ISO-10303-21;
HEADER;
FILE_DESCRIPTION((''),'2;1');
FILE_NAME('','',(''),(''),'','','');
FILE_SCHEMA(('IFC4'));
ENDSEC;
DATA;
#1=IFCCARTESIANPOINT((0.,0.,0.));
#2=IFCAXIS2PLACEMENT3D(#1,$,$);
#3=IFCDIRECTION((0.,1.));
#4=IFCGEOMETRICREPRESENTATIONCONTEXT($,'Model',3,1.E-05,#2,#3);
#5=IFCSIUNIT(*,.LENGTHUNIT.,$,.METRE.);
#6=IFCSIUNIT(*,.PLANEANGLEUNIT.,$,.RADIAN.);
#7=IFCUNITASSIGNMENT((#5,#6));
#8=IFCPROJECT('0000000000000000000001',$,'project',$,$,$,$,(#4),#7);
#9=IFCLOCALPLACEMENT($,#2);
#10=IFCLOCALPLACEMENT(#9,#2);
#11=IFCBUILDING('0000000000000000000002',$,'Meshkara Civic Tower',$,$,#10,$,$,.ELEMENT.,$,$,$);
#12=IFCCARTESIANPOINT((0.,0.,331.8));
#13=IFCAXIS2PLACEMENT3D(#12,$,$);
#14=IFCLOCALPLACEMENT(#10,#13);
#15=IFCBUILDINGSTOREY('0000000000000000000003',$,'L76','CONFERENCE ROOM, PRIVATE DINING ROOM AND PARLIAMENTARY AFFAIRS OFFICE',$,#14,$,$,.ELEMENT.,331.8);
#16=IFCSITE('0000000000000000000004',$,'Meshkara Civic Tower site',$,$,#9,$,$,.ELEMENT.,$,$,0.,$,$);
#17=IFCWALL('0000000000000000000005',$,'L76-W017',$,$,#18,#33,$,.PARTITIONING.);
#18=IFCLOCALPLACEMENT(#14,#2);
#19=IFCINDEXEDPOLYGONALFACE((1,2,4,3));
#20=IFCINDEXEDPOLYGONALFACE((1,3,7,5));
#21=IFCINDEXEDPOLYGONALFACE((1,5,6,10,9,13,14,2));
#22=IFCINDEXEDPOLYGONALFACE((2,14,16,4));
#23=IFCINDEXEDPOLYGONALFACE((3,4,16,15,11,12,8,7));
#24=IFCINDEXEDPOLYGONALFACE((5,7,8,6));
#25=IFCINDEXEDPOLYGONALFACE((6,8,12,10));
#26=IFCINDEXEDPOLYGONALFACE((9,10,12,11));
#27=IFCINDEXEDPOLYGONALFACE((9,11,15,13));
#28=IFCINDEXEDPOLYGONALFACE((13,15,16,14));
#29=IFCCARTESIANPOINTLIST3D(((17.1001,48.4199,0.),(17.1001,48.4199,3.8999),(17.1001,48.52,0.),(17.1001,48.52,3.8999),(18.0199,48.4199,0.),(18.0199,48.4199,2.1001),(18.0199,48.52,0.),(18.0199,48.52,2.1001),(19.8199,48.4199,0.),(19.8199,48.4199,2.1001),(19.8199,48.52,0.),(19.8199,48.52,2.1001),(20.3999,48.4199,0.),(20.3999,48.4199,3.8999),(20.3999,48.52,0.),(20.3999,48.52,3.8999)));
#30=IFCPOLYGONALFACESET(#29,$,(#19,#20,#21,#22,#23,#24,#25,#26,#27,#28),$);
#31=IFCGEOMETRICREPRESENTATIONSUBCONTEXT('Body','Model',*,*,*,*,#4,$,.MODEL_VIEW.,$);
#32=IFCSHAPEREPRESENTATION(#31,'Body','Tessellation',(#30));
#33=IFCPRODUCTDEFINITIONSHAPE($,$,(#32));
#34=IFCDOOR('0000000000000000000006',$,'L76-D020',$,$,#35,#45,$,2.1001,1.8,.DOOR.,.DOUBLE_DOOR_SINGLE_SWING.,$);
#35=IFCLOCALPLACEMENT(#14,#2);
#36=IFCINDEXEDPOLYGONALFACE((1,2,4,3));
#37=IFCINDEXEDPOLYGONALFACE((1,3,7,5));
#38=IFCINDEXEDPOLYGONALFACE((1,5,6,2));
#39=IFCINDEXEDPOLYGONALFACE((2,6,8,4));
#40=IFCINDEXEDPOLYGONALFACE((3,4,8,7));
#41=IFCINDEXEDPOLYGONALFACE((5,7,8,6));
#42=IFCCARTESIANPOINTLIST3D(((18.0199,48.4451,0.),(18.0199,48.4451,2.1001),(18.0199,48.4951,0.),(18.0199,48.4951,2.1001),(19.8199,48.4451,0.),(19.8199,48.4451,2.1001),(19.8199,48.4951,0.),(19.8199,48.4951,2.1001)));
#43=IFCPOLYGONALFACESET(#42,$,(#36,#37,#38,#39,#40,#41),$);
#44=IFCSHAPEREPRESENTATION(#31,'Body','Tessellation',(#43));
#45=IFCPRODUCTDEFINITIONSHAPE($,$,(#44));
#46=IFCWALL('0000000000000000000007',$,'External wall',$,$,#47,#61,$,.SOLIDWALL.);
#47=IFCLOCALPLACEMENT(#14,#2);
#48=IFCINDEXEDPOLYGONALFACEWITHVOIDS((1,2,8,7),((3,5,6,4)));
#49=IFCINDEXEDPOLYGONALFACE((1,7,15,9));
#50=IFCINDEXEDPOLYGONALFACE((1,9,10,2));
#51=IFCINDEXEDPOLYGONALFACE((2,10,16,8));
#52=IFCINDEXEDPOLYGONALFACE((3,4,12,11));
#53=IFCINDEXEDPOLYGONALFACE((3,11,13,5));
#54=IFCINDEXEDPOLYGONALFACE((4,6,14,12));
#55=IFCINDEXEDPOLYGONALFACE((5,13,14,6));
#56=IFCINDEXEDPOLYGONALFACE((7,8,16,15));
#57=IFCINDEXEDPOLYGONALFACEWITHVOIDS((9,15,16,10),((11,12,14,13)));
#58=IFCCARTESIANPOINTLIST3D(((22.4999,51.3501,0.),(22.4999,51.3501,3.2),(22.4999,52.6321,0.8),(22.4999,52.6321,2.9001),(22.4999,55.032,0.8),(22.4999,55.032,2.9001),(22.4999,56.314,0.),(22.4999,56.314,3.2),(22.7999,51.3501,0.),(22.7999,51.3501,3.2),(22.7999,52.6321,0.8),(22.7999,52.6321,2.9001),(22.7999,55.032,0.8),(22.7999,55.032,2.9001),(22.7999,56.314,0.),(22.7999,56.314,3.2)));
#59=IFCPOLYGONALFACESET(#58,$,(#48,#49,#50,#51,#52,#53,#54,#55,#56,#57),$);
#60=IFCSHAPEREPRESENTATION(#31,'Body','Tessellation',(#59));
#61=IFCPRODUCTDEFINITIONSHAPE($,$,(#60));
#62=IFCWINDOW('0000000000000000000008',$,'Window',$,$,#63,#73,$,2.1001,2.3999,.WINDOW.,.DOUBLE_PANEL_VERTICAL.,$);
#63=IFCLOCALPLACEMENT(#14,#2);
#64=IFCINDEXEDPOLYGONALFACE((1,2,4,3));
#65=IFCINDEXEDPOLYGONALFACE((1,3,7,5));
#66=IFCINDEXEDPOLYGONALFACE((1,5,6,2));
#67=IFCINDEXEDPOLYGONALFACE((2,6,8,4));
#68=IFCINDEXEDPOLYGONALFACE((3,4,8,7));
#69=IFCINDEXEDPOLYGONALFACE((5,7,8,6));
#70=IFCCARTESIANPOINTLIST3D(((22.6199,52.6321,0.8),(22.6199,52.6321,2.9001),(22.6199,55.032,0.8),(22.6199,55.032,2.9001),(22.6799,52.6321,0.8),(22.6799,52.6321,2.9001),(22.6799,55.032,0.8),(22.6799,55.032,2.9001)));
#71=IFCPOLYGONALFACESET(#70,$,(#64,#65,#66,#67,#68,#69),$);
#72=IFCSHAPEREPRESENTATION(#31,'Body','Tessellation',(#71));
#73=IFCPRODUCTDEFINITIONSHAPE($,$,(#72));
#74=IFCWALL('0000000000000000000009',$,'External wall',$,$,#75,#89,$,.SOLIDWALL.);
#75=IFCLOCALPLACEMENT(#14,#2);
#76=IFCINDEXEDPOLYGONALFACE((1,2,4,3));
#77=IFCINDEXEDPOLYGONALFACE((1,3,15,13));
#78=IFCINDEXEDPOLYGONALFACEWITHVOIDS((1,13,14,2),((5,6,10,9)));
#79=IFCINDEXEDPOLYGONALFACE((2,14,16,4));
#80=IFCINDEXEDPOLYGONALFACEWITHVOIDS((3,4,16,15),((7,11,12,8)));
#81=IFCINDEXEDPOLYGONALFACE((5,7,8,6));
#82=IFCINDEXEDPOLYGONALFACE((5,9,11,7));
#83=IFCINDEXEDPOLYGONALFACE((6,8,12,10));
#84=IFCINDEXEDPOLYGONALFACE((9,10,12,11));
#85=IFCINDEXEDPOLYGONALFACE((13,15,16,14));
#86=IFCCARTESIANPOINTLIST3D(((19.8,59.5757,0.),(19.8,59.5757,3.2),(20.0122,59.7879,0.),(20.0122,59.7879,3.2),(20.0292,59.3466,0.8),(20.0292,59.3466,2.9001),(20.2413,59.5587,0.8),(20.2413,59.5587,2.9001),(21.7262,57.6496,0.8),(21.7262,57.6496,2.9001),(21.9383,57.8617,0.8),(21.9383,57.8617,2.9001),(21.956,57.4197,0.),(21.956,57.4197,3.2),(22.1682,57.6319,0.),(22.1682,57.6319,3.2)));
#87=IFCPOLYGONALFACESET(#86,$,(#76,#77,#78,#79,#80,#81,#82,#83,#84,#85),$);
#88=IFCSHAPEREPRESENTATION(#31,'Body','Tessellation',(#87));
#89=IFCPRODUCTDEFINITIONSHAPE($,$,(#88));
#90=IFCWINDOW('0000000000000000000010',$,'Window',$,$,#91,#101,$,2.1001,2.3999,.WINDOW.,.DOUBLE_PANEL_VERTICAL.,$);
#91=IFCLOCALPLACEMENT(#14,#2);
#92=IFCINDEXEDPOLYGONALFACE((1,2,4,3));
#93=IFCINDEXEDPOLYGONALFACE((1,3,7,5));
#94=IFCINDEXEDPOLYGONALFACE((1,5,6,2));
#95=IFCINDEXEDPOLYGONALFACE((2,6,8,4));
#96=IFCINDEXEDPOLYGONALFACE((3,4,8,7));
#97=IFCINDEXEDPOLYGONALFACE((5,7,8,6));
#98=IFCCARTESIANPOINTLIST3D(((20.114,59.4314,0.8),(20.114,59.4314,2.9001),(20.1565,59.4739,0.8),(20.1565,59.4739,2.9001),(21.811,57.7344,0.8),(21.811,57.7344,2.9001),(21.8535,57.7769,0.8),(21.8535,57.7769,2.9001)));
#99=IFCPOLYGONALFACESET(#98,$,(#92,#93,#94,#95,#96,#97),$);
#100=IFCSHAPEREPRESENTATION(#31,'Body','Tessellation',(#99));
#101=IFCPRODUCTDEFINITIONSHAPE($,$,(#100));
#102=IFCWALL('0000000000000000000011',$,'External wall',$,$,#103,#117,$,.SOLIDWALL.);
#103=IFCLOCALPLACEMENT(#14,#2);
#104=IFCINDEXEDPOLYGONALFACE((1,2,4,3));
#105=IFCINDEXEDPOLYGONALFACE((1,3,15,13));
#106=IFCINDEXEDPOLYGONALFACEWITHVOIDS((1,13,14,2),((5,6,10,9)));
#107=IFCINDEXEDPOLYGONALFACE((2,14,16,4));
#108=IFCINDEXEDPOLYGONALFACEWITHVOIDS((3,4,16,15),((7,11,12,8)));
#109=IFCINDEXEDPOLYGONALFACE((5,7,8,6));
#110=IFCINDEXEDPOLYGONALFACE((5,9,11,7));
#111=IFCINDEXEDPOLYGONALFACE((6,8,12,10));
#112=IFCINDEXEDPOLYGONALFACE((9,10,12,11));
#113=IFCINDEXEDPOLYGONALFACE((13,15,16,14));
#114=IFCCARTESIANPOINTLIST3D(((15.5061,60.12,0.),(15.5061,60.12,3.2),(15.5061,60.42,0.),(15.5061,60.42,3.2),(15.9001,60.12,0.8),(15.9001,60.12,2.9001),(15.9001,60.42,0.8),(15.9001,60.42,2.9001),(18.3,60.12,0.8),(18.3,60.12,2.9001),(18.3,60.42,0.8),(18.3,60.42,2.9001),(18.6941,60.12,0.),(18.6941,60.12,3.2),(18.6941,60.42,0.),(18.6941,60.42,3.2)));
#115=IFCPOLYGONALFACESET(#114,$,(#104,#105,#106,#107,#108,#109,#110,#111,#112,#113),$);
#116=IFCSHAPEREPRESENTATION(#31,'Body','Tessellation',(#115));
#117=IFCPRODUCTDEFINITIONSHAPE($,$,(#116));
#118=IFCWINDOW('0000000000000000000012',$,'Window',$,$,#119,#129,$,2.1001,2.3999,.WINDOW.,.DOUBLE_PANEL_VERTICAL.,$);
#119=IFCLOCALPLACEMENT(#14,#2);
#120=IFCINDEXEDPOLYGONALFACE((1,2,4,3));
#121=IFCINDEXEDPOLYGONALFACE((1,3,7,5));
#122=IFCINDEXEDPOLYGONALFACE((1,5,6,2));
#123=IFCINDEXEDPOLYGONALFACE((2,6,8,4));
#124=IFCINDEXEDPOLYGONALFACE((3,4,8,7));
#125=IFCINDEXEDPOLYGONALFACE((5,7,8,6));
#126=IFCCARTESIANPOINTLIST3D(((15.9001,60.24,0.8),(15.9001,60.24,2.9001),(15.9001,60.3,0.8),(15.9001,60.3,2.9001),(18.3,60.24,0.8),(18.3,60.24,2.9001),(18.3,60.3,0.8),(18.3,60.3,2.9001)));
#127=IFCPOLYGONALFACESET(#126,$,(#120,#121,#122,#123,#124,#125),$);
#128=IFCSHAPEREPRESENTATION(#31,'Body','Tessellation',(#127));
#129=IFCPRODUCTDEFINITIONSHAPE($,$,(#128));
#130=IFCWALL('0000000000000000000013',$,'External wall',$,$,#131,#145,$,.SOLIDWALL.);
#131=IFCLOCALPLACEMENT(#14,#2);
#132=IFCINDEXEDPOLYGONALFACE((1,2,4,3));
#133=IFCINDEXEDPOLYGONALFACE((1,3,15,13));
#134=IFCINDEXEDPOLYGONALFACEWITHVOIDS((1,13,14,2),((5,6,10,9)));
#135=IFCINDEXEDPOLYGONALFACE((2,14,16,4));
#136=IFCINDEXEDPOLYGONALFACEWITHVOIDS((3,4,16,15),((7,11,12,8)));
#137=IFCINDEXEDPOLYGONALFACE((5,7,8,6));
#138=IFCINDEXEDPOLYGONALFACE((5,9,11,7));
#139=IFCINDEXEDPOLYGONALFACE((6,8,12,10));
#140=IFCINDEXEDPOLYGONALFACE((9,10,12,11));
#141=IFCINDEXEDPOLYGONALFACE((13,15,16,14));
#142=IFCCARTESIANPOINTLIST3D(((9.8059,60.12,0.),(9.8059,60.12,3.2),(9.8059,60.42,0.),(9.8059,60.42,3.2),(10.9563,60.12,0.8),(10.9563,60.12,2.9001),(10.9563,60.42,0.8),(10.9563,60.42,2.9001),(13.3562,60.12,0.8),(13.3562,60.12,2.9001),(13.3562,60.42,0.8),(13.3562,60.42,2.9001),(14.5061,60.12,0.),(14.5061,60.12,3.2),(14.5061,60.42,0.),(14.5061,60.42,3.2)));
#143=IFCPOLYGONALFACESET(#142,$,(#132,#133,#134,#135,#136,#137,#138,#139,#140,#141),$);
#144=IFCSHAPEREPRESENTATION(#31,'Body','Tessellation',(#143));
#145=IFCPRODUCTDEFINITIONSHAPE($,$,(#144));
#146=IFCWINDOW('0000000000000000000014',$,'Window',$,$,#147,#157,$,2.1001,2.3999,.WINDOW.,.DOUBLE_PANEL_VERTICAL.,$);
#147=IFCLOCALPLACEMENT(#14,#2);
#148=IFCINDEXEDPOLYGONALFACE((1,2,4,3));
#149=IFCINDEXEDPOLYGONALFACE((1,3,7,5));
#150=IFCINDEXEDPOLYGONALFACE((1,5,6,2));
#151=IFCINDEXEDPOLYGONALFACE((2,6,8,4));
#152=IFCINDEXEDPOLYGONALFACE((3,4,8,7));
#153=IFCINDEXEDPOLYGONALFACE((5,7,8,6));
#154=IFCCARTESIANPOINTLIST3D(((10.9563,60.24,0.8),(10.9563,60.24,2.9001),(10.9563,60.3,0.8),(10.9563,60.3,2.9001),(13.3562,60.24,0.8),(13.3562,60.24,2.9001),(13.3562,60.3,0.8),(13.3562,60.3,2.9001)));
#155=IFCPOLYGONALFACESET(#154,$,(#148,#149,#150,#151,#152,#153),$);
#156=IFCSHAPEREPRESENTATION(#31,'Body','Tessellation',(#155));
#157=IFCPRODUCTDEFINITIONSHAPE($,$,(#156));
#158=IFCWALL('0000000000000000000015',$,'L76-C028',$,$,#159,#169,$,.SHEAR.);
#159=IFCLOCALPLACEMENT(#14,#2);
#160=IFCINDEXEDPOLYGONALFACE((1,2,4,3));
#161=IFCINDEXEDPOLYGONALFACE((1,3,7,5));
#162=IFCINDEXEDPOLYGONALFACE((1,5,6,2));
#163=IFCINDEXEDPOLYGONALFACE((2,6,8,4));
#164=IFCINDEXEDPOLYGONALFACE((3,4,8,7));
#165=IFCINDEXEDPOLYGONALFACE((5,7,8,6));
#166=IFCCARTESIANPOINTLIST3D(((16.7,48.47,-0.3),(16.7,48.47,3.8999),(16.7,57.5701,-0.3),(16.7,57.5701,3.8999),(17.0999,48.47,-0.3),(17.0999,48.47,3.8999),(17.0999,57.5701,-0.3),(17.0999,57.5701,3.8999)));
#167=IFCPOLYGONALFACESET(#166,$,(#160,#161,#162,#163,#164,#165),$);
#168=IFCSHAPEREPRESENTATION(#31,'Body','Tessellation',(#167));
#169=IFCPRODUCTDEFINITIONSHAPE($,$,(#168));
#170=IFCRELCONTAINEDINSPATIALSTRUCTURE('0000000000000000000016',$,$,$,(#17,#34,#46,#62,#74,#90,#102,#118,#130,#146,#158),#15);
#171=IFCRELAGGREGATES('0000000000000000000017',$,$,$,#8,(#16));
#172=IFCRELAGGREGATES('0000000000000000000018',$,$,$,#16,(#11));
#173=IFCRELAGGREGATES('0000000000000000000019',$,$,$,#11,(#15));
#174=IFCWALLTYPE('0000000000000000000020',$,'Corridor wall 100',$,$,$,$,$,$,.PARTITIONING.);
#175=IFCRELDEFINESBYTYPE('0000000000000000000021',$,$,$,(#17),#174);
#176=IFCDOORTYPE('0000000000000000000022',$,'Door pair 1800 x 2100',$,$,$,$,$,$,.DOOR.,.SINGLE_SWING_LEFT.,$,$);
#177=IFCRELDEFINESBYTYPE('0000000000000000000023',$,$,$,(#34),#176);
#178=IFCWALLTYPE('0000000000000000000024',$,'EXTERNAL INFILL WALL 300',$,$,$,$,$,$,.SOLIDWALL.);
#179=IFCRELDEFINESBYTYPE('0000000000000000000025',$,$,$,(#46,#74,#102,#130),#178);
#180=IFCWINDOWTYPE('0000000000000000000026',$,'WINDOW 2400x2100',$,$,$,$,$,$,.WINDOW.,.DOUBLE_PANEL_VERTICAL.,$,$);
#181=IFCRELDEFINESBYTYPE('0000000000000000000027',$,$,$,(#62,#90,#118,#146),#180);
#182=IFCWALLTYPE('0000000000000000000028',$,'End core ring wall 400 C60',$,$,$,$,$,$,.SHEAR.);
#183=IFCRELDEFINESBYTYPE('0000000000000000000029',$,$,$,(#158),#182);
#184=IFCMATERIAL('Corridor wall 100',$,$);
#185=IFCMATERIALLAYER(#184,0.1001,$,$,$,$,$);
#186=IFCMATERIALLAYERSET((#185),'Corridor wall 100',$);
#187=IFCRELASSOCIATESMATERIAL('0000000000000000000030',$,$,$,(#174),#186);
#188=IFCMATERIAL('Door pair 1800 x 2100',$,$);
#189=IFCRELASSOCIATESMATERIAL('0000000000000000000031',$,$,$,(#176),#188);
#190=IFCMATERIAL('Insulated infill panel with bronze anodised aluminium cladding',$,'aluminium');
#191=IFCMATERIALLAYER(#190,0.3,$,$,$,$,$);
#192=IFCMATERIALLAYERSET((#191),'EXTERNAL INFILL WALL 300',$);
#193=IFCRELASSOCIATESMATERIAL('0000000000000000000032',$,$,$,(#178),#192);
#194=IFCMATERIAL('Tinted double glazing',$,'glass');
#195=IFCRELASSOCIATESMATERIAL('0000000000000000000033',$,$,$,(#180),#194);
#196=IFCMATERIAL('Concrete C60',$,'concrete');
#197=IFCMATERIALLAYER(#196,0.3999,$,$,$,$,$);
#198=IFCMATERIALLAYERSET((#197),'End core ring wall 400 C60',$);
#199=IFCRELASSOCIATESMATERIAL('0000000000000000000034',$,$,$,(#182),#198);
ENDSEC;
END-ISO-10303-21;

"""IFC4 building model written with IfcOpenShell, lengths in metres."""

from ifc_helpers import new_model, si_unit, direction, frame, frame_2d, origin, place, context, subcontext, project, spatial, rectangle, extrude, material, layer, layer_set, type_object, element, fill, save


model = new_model("IFC4")

# Units and contexts
model_context = context("Model", 3, precision=1e-05, world=origin(), true_north=direction((0.0, 1.0)))
body_context = subcontext(model_context, "Body", "Model", "MODEL_VIEW")
ifc_project = project(units=[si_unit("LENGTHUNIT", "METRE"), si_unit("PLANEANGLEUNIT", "RADIAN")], contexts=[model_context])

# Site, building, storey
site_placement = place(None, origin())
site = spatial("IfcSite", under=ifc_project, at=site_placement, Name="Meshkara Civic Tower site", CompositionType="ELEMENT", RefElevation=0.0)
building_placement = place(site_placement, origin())
building = spatial("IfcBuilding", under=site, at=building_placement, Name="Meshkara Civic Tower", CompositionType="ELEMENT")
storey_placement = place(building_placement, frame((0.0, 0.0, 331.8)))
storey = spatial("IfcBuildingStorey", under=building, at=storey_placement, Name="L76", Description="CONFERENCE ROOM, PRIVATE DINING ROOM AND PARLIAMENTARY AFFAIRS OFFICE", CompositionType="ELEMENT", Elevation=331.8)

# Shared definitions
ifc_material_1 = material(Name="Corridor wall 100")
ifc_layer_1 = layer(ifc_material_1, 0.1001)
ifc_layer_set_1 = layer_set([ifc_layer_1], Name="Corridor wall 100")
wall_type_1 = type_object("IfcWallType", Name="Corridor wall 100", PredefinedType="PARTITIONING", material=ifc_layer_set_1)

# Wall, opening, door
wall_1_placement = place(storey_placement, frame((20.3999, 48.47, 0.0), z_axis=(0.0, 0.0, 1.0), x_axis=(-1.0, 0.0, 0.0)))
wall_1 = element("IfcWall", 1, at=wall_1_placement, inside=storey, type_object=wall_type_1, Name="L76-W017", PredefinedType="PARTITIONING", context=body_context, shape_type="SweptSolid", body=[
    extrude(rectangle(XDim=3.2998, YDim=0.1001, at=frame_2d((1.6499, 0.0))), origin(), (0.0, 0.0, 1.0), 3.8999),
])
opening_1_placement = place(wall_1_placement, frame((0.5801, 0.0, 0.0)))
opening_1 = element("IfcOpeningElement", 2, at=opening_1_placement, cuts=wall_1, PredefinedType="OPENING", context=body_context, shape_type="SweptSolid", body=[
    extrude(rectangle(XDim=1.8, YDim=2.1001, at=frame_2d((0.8999, 1.05))), frame((0.0, 0.0601, 0.0), z_axis=(0.0, -1.0, 0.0), x_axis=(1.0, 0.0, 0.0)), (0.0, 0.0, 1.0), 0.1201),
])
ifc_material_2 = material(Name="Door pair 1800 x 2100")
door_type_1 = type_object("IfcDoorType", Name="Door pair 1800 x 2100", OperationType="SINGLE_SWING_LEFT", PredefinedType="DOOR", material=ifc_material_2)
door_1_placement = place(opening_1_placement, origin())
door_1 = element("IfcDoor", 3, at=door_1_placement, inside=storey, type_object=door_type_1, Name="L76-D020", OperationType="DOUBLE_DOOR_SINGLE_SWING", OverallHeight=2.1001, OverallWidth=1.8, PredefinedType="DOOR", context=body_context, shape_type="SweptSolid", body=[
    extrude(rectangle(XDim=1.8, YDim=2.1001, at=frame_2d((0.8999, 1.05))), frame((0.0, 0.0249, 0.0), z_axis=(0.0, -1.0, 0.0), x_axis=(1.0, 0.0, 0.0)), (0.0, 0.0, 1.0), 0.05),
])
fill(opening_1, door_1)

# Walls, openings, windows
ifc_material_3 = material(Name="Insulated infill panel with bronze anodised aluminium cladding", Category="aluminium")
ifc_layer_2 = layer(ifc_material_3, 0.3)
ifc_layer_set_2 = layer_set([ifc_layer_2], Name="EXTERNAL INFILL WALL 300")
wall_type_2 = type_object("IfcWallType", Name="EXTERNAL INFILL WALL 300", PredefinedType="SOLIDWALL", material=ifc_layer_set_2)
wall_2_placement = place(storey_placement, frame((22.6499, 51.3501, 0.0), z_axis=(0.0, 0.0, 1.0), x_axis=(0.0, 1.0, 0.0)))
wall_2 = element("IfcWall", 4, at=wall_2_placement, inside=storey, type_object=wall_type_2, Name="External wall", PredefinedType="SOLIDWALL", context=body_context, shape_type="SweptSolid", body=[
    extrude(rectangle(XDim=4.9639, YDim=0.3, at=frame_2d((2.4819, 0.0))), origin(), (0.0, 0.0, 1.0), 3.2),
])
opening_2_placement = place(wall_2_placement, frame((1.282, 0.0, 0.8)))
opening_2 = element("IfcOpeningElement", 5, at=opening_2_placement, cuts=wall_2, PredefinedType="OPENING", context=body_context, shape_type="SweptSolid", body=[
    extrude(rectangle(XDim=2.3999, YDim=2.1001, at=frame_2d((1.2, 1.05))), frame((0.0, 0.1599, 0.0), z_axis=(0.0, -1.0, 0.0), x_axis=(1.0, 0.0, 0.0)), (0.0, 0.0, 1.0), 0.3201),
])
ifc_material_4 = material(Name="Tinted double glazing", Category="glass")
window_type = type_object("IfcWindowType", Name="WINDOW 2400x2100", PartitioningType="DOUBLE_PANEL_VERTICAL", PredefinedType="WINDOW", material=ifc_material_4)
window_1_placement = place(opening_2_placement, origin())
window_1 = element("IfcWindow", 6, at=window_1_placement, inside=storey, type_object=window_type, Name="Window", OverallHeight=2.1001, OverallWidth=2.3999, PartitioningType="DOUBLE_PANEL_VERTICAL", PredefinedType="WINDOW", context=body_context, shape_type="SweptSolid", body=[
    extrude(rectangle(XDim=2.3999, YDim=2.1001, at=frame_2d((1.2, 1.05))), frame((0.0, 0.03, 0.0), z_axis=(0.0, -1.0, 0.0), x_axis=(1.0, 0.0, 0.0)), (0.0, 0.0, 1.0), 0.0601),
])
fill(opening_2, window_1)
wall_3_placement = place(storey_placement, frame((22.062, 57.5259, 0.0), z_axis=(0.0, 0.0, 1.0), x_axis=(-0.707107, 0.707107, 0.0)))
wall_3 = element("IfcWall", 7, at=wall_3_placement, inside=storey, type_object=wall_type_2, Name="External wall", PredefinedType="SOLIDWALL", context=body_context, shape_type="SweptSolid", body=[
    extrude(rectangle(XDim=3.0491, YDim=0.3, at=frame_2d((1.5244, 0.0))), origin(), (0.0, 0.0, 1.0), 3.2),
])
opening_3_placement = place(wall_3_placement, frame((0.325, 0.0, 0.8)))
opening_3 = element("IfcOpeningElement", 8, at=opening_3_placement, cuts=wall_3, PredefinedType="OPENING", context=body_context, shape_type="SweptSolid", body=[
    extrude(rectangle(XDim=2.3999, YDim=2.1001, at=frame_2d((1.2, 1.05))), frame((0.0, 0.1599, 0.0), z_axis=(0.0, -1.0, 0.0), x_axis=(1.0, 0.0, 0.0)), (0.0, 0.0, 1.0), 0.3201),
])
window_2_placement = place(opening_3_placement, origin())
window_2 = element("IfcWindow", 9, at=window_2_placement, inside=storey, type_object=window_type, Name="Window", OverallHeight=2.1001, OverallWidth=2.3999, PartitioningType="DOUBLE_PANEL_VERTICAL", PredefinedType="WINDOW", context=body_context, shape_type="SweptSolid", body=[
    extrude(rectangle(XDim=2.3999, YDim=2.1001, at=frame_2d((1.2, 1.05))), frame((0.0, 0.03, 0.0), z_axis=(0.0, -1.0, 0.0), x_axis=(1.0, 0.0, 0.0)), (0.0, 0.0, 1.0), 0.0601),
])
fill(opening_3, window_2)
wall_4_placement = place(storey_placement, frame((18.6941, 60.27, 0.0), z_axis=(0.0, 0.0, 1.0), x_axis=(-1.0, 0.0, 0.0)))
wall_4 = element("IfcWall", 10, at=wall_4_placement, inside=storey, type_object=wall_type_2, Name="External wall", PredefinedType="SOLIDWALL", context=body_context, shape_type="SweptSolid", body=[
    extrude(rectangle(XDim=3.188, YDim=0.3, at=frame_2d((1.594, 0.0))), origin(), (0.0, 0.0, 1.0), 3.2),
])
opening_4_placement = place(wall_4_placement, frame((0.394, 0.0, 0.8)))
opening_4 = element("IfcOpeningElement", 11, at=opening_4_placement, cuts=wall_4, PredefinedType="OPENING", context=body_context, shape_type="SweptSolid", body=[
    extrude(rectangle(XDim=2.3999, YDim=2.1001, at=frame_2d((1.2, 1.05))), frame((0.0, 0.1599, 0.0), z_axis=(0.0, -1.0, 0.0), x_axis=(1.0, 0.0, 0.0)), (0.0, 0.0, 1.0), 0.3201),
])
window_3_placement = place(opening_4_placement, origin())
window_3 = element("IfcWindow", 12, at=window_3_placement, inside=storey, type_object=window_type, Name="Window", OverallHeight=2.1001, OverallWidth=2.3999, PartitioningType="DOUBLE_PANEL_VERTICAL", PredefinedType="WINDOW", context=body_context, shape_type="SweptSolid", body=[
    extrude(rectangle(XDim=2.3999, YDim=2.1001, at=frame_2d((1.2, 1.05))), frame((0.0, 0.03, 0.0), z_axis=(0.0, -1.0, 0.0), x_axis=(1.0, 0.0, 0.0)), (0.0, 0.0, 1.0), 0.0601),
])
fill(opening_4, window_3)
wall_5_placement = place(storey_placement, frame((14.5061, 60.27, 0.0), z_axis=(0.0, 0.0, 1.0), x_axis=(-1.0, 0.0, 0.0)))
wall_5 = element("IfcWall", 13, at=wall_5_placement, inside=storey, type_object=wall_type_2, Name="External wall", PredefinedType="SOLIDWALL", context=body_context, shape_type="SweptSolid", body=[
    extrude(rectangle(XDim=4.7002, YDim=0.3, at=frame_2d((2.3501, 0.0))), origin(), (0.0, 0.0, 1.0), 3.2),
])
opening_5_placement = place(wall_5_placement, frame((1.1499, 0.0, 0.8)))
opening_5 = element("IfcOpeningElement", 14, at=opening_5_placement, cuts=wall_5, PredefinedType="OPENING", context=body_context, shape_type="SweptSolid", body=[
    extrude(rectangle(XDim=2.3999, YDim=2.1001, at=frame_2d((1.2, 1.05))), frame((0.0, 0.1599, 0.0), z_axis=(0.0, -1.0, 0.0), x_axis=(1.0, 0.0, 0.0)), (0.0, 0.0, 1.0), 0.3201),
])
window_4_placement = place(opening_5_placement, origin())
window_4 = element("IfcWindow", 15, at=window_4_placement, inside=storey, type_object=window_type, Name="Window", OverallHeight=2.1001, OverallWidth=2.3999, PartitioningType="DOUBLE_PANEL_VERTICAL", PredefinedType="WINDOW", context=body_context, shape_type="SweptSolid", body=[
    extrude(rectangle(XDim=2.3999, YDim=2.1001, at=frame_2d((1.2, 1.05))), frame((0.0, 0.03, 0.0), z_axis=(0.0, -1.0, 0.0), x_axis=(1.0, 0.0, 0.0)), (0.0, 0.0, 1.0), 0.0601),
])
fill(opening_5, window_4)

# Wall
ifc_material_5 = material(Name="Concrete C60", Category="concrete")
ifc_layer_3 = layer(ifc_material_5, 0.3999)
ifc_layer_set_3 = layer_set([ifc_layer_3], Name="End core ring wall 400 C60")
wall_type_3 = type_object("IfcWallType", Name="End core ring wall 400 C60", PredefinedType="SHEAR", material=ifc_layer_set_3)
wall_6_placement = place(storey_placement, frame((16.8999, 48.47, -0.3), z_axis=(0.0, 0.0, 1.0), x_axis=(0.0, 1.0, 0.0)))
element("IfcWall", 16, at=wall_6_placement, inside=storey, type_object=wall_type_3, Name="L76-C028", PredefinedType="SHEAR", context=body_context, shape_type="SweptSolid", body=[
    extrude(rectangle(XDim=9.1001, YDim=0.3999, at=frame_2d((4.55, 0.0))), origin(), (0.0, 0.0, 1.0), 4.2),
])

save(model, "model.ifc")
